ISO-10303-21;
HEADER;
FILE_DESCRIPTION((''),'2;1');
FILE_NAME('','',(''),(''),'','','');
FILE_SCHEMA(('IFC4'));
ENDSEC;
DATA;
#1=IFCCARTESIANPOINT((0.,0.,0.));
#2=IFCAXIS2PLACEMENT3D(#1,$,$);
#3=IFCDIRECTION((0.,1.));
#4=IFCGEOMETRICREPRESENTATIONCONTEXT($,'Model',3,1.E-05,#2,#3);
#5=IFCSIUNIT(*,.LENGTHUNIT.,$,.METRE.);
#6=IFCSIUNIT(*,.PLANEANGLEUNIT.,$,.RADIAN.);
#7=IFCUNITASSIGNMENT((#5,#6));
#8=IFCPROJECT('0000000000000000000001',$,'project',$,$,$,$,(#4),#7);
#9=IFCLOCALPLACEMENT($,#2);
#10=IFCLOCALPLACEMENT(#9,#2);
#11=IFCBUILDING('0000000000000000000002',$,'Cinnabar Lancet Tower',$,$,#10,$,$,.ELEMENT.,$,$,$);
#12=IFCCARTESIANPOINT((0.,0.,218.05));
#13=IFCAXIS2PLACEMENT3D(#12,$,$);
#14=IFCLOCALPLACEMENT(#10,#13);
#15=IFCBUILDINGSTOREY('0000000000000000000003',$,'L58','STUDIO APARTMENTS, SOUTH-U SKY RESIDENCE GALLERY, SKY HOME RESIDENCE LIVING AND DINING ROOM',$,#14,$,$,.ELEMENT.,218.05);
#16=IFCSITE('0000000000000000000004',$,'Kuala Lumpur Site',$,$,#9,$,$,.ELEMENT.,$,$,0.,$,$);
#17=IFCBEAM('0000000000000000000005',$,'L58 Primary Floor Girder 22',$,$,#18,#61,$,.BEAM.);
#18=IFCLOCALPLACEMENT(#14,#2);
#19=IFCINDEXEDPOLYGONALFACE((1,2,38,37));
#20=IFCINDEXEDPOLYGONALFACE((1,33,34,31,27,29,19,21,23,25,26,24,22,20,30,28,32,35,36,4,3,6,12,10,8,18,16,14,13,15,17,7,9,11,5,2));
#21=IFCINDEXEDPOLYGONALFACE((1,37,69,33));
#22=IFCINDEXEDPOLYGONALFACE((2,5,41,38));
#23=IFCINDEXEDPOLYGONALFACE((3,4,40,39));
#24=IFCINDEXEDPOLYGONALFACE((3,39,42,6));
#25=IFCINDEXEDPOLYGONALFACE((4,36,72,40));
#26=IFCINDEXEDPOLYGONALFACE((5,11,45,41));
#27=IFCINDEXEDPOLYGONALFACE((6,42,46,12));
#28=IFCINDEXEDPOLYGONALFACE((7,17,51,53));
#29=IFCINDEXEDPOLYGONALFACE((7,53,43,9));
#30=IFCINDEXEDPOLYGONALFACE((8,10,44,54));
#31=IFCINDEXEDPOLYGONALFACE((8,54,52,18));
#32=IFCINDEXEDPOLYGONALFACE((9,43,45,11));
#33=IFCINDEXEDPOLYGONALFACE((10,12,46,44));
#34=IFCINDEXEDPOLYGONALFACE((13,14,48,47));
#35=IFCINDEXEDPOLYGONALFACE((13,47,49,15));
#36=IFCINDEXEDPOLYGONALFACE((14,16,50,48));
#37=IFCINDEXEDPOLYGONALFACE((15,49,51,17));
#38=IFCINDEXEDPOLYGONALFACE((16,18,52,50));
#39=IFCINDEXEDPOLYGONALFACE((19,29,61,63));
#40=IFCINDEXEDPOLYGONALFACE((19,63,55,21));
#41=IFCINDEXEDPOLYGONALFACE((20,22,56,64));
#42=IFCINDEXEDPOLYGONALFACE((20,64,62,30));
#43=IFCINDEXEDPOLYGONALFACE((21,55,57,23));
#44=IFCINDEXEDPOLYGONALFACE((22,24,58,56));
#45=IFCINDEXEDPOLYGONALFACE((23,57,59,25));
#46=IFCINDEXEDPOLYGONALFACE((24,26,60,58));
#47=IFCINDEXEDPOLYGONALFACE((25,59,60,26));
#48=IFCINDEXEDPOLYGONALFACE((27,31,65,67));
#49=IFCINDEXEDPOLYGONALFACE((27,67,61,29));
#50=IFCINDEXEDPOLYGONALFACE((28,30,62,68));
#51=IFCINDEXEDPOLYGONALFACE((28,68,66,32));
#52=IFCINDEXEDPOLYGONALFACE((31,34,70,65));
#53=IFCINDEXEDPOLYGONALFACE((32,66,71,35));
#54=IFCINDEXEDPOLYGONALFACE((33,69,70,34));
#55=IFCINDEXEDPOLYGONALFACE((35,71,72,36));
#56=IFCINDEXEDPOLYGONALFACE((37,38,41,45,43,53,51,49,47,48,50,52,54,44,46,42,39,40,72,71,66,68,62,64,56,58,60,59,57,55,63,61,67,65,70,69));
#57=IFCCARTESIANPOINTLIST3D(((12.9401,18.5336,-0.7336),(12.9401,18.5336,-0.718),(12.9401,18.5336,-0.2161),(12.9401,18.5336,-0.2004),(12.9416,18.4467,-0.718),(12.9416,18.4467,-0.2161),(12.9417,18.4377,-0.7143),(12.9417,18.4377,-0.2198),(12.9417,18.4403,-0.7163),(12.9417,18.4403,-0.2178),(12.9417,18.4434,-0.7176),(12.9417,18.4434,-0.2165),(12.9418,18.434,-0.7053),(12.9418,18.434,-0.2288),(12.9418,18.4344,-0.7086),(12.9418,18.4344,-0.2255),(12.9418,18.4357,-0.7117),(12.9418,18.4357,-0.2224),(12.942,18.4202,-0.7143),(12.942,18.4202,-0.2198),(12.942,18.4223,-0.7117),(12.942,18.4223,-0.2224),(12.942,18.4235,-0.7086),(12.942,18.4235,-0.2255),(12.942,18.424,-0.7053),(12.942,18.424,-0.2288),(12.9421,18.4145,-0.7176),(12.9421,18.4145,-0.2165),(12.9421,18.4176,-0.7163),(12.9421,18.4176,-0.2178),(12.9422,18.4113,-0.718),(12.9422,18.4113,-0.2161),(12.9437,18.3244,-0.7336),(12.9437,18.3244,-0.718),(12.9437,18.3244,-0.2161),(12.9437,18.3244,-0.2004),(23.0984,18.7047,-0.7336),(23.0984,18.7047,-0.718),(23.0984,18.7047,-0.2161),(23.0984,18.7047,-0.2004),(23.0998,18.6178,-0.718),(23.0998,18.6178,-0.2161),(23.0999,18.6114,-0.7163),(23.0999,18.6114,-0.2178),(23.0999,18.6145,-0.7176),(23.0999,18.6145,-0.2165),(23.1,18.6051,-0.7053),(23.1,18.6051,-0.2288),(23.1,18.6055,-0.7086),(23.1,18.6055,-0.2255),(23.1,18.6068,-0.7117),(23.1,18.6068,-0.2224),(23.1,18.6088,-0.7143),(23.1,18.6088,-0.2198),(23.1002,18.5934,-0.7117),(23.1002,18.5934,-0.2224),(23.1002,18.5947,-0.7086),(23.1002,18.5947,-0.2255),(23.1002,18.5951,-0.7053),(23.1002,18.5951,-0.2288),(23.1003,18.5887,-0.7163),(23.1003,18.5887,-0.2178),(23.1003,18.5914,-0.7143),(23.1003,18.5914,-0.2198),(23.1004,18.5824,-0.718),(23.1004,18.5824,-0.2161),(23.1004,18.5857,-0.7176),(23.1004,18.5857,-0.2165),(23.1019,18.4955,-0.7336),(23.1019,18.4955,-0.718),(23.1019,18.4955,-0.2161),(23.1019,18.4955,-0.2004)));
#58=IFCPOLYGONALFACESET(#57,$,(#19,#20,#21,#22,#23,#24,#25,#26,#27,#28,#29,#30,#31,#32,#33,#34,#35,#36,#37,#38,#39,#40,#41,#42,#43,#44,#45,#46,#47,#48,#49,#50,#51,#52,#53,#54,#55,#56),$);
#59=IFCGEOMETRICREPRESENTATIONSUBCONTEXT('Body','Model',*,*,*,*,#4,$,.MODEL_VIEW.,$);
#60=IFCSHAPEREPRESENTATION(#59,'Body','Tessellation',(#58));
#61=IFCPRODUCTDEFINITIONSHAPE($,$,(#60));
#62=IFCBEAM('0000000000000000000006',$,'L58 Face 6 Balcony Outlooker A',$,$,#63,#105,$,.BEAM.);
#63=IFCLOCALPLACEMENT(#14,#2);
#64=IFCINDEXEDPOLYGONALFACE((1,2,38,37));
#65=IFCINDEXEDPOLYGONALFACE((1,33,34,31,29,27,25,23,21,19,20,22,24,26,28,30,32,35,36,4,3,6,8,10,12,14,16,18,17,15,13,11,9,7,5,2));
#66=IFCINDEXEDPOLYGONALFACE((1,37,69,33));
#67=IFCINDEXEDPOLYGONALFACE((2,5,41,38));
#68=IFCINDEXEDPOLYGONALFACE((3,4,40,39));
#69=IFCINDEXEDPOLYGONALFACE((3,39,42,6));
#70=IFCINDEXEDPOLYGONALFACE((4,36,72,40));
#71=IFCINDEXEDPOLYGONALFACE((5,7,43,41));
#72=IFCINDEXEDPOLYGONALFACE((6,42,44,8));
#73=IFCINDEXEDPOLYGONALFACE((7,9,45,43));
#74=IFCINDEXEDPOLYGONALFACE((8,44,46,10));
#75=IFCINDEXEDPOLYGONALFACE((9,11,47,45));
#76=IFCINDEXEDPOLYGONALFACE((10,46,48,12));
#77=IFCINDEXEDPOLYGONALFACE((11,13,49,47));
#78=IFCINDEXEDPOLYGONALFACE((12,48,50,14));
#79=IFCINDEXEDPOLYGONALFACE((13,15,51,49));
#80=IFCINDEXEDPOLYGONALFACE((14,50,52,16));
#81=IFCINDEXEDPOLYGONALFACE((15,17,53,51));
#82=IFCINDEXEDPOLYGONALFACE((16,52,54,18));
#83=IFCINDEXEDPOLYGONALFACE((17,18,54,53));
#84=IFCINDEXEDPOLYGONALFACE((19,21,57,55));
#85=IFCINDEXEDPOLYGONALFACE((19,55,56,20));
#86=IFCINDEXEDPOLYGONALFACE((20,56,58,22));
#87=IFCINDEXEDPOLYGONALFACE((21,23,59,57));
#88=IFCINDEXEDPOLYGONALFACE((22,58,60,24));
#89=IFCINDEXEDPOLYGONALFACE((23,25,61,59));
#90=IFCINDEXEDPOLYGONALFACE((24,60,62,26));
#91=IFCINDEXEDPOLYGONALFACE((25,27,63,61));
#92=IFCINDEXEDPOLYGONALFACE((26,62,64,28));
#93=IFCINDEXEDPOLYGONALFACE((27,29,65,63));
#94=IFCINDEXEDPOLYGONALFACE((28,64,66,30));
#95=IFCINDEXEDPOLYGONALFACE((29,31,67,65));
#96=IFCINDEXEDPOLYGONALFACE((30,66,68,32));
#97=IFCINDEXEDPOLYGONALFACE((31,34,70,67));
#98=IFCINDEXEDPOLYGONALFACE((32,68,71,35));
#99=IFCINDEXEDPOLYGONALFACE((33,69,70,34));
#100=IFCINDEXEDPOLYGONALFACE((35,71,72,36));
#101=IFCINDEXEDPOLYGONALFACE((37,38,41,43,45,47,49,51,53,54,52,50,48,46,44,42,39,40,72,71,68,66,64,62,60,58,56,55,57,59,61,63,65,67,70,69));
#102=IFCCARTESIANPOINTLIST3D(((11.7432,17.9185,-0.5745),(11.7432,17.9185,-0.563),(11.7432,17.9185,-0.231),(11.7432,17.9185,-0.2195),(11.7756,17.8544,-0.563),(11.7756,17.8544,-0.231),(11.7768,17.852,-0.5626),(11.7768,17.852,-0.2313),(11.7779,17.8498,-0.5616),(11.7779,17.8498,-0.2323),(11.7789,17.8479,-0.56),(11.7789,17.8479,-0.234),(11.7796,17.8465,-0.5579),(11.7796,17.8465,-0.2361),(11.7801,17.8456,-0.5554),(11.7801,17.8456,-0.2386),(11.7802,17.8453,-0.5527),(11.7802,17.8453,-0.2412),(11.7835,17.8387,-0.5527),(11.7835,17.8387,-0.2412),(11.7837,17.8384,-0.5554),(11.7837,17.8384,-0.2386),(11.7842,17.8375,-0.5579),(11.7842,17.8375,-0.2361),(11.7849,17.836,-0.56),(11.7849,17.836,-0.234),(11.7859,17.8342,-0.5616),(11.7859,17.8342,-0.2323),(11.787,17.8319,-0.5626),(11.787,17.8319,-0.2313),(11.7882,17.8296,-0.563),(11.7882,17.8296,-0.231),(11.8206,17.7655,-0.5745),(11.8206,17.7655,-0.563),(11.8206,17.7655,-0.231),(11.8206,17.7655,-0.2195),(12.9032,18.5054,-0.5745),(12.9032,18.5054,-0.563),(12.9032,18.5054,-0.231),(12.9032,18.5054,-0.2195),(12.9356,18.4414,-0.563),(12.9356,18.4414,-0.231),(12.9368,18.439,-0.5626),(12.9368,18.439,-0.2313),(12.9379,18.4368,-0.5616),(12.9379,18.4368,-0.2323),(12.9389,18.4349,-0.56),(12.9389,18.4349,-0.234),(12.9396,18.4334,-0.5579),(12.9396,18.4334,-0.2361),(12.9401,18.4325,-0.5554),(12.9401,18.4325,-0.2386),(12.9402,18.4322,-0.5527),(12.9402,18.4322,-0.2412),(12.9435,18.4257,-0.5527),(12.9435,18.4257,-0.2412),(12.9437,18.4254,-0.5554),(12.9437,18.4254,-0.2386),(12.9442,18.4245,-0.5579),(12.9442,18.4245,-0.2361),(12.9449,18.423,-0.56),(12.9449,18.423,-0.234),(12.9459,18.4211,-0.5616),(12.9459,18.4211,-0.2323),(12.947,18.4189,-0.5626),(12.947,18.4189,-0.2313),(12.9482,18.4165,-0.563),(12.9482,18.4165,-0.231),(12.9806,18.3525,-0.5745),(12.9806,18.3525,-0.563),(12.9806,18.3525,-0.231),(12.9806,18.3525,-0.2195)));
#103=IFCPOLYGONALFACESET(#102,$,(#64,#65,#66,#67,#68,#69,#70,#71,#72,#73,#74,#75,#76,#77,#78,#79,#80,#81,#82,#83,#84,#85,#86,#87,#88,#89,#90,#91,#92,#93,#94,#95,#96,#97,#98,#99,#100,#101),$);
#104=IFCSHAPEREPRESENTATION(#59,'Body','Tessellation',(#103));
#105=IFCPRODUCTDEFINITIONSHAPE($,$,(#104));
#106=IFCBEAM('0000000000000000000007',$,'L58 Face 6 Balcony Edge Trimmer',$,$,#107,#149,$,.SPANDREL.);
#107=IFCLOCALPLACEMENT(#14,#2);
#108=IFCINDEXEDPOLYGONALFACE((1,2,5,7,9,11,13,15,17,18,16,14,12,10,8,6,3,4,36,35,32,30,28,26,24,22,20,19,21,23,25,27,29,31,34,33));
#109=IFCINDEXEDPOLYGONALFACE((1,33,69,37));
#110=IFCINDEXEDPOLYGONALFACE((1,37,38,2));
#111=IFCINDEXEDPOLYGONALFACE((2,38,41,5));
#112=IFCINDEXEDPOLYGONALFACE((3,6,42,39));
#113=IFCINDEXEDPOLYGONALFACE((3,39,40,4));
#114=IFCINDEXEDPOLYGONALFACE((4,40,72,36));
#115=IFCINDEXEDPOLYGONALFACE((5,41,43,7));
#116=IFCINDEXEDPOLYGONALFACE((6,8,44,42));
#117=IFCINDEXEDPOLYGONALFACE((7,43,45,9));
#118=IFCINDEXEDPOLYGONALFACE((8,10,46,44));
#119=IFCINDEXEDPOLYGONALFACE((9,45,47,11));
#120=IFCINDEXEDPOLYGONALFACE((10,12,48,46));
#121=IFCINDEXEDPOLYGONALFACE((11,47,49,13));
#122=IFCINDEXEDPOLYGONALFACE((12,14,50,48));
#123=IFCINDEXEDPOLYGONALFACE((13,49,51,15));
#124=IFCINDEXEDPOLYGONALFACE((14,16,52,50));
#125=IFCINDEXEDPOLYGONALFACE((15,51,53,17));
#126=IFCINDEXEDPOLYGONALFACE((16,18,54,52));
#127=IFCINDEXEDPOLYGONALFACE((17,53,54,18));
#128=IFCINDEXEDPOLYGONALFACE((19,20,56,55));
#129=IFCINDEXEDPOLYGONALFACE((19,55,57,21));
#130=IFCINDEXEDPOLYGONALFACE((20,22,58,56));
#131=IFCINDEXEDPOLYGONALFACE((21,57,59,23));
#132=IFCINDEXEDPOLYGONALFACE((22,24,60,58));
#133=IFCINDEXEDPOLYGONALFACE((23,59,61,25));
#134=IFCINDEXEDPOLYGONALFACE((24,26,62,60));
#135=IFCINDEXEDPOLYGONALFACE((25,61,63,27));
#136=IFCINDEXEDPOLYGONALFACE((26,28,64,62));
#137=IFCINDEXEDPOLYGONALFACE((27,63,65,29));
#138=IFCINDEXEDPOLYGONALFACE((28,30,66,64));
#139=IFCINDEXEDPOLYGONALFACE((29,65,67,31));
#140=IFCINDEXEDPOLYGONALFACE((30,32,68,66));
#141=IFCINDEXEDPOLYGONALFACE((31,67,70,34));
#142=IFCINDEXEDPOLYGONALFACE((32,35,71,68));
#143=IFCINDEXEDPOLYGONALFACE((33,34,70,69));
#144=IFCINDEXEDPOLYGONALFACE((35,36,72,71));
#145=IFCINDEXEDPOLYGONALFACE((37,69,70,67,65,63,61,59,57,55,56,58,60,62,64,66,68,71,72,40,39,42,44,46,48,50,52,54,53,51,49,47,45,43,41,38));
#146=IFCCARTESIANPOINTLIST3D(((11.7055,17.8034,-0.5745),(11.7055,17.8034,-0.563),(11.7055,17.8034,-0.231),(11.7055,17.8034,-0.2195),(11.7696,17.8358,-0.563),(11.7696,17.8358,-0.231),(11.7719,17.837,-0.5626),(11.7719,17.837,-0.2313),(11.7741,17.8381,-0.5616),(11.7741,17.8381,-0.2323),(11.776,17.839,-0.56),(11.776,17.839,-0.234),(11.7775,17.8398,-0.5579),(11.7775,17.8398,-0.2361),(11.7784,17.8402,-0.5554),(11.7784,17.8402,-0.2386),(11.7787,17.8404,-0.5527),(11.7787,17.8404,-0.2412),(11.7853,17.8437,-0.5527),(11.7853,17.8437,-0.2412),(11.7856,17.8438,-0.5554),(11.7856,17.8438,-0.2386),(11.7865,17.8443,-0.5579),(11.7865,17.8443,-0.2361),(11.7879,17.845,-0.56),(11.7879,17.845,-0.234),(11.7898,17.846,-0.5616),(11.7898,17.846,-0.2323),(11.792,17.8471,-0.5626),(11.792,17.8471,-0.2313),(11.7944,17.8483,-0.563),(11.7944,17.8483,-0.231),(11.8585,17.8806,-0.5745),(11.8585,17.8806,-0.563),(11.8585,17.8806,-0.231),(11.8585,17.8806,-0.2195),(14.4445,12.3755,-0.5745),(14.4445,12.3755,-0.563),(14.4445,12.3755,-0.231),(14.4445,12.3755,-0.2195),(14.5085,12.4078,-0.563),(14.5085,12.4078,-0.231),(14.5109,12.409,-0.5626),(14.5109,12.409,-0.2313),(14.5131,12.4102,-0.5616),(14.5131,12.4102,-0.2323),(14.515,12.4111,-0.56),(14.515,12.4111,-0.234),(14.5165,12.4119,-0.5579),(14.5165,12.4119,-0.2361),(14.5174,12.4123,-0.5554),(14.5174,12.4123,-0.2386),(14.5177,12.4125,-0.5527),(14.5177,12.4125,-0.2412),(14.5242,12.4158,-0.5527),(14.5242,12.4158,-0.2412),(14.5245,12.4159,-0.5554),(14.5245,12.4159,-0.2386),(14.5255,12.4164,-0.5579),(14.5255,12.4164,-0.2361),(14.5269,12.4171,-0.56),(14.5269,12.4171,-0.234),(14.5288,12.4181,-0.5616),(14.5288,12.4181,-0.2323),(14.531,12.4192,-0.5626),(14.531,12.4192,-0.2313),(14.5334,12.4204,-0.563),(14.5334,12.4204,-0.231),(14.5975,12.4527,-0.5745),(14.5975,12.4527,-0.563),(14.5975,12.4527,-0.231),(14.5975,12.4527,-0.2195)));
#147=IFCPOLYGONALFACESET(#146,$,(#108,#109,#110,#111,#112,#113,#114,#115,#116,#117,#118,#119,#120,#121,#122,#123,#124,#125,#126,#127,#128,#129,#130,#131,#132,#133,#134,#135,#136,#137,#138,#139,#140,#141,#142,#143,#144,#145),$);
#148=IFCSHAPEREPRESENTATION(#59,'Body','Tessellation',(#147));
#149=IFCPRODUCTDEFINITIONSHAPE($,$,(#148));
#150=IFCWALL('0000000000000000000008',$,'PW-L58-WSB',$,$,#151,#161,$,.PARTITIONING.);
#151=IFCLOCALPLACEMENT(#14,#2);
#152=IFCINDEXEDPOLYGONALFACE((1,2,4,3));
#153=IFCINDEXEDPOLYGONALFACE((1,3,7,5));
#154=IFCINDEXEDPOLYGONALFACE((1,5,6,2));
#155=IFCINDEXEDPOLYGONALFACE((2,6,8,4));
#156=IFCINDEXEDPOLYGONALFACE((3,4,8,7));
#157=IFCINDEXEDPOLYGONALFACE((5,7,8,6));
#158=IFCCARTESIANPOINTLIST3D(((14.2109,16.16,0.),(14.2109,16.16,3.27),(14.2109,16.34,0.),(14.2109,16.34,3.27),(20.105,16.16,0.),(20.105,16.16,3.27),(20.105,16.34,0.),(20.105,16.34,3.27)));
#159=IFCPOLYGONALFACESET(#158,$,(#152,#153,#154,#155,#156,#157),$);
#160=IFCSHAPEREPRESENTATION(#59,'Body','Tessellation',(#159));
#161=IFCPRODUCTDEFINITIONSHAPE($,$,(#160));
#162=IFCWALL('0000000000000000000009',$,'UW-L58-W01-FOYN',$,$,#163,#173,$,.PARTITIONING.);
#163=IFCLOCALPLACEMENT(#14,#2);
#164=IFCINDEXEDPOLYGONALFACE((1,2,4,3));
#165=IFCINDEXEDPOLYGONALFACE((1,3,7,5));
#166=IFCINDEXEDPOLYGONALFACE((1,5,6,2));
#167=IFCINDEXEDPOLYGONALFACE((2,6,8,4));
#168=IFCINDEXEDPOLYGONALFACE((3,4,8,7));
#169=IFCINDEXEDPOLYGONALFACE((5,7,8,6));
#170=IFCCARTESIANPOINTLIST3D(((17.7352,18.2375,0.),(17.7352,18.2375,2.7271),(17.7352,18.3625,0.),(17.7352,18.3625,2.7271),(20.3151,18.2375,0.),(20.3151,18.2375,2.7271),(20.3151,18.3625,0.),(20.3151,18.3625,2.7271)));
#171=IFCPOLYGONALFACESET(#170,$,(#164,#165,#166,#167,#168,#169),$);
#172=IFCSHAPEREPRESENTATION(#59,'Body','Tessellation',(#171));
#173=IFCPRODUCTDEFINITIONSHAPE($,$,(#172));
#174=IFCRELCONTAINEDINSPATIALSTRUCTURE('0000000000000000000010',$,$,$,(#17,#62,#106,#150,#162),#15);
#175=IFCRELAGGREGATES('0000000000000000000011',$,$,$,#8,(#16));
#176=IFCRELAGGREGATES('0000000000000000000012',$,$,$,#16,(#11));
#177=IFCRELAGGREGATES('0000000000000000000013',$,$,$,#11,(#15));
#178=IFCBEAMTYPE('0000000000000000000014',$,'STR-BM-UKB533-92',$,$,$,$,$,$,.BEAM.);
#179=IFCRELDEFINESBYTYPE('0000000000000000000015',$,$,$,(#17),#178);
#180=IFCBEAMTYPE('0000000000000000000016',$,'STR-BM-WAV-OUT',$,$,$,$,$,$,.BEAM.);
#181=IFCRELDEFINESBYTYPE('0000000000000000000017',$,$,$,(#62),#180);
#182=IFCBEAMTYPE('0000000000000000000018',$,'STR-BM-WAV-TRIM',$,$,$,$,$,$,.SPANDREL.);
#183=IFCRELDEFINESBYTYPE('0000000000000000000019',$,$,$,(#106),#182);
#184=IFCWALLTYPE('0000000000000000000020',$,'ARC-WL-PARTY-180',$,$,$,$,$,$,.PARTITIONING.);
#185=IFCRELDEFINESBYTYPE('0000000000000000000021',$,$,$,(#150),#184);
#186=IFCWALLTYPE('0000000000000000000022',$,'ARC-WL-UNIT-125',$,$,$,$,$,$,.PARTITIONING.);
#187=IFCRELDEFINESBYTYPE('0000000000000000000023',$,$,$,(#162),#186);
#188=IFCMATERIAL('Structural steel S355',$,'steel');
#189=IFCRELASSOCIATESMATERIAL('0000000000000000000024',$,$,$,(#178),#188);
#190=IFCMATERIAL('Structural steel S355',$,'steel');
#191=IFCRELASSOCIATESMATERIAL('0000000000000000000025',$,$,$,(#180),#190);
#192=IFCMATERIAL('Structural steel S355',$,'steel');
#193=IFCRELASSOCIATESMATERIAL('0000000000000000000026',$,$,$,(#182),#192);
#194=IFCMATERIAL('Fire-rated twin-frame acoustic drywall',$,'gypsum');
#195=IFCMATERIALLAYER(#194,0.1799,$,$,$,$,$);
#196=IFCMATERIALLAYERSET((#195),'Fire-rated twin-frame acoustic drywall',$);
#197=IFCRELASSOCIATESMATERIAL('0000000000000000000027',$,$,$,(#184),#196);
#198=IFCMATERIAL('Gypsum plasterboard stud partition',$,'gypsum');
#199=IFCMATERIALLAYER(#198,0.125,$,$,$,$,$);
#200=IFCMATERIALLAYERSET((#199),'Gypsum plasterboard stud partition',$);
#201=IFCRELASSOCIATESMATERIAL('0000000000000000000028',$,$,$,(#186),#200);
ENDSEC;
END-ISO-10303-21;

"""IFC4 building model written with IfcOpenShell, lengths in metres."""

from ifc_helpers import new_model, si_unit, direction, frame, frame_2d, origin, origin_2d, place, context, subcontext, project, spatial, rectangle, i_section, extrude, material, layer, layer_set, material_profile, profile_set, type_object, element, save


model = new_model("IFC4")

# Units and contexts
model_context = context("Model", 3, precision=1e-05, world=origin(), true_north=direction((0.0, 1.0)))
body_context = subcontext(model_context, "Body", "Model", "MODEL_VIEW")
ifc_project = project(units=[si_unit("LENGTHUNIT", "METRE"), si_unit("PLANEANGLEUNIT", "RADIAN")], contexts=[model_context])

# Site, building, storey
site_placement = place(None, origin())
site = spatial("IfcSite", under=ifc_project, at=site_placement, Name="Kuala Lumpur Site", CompositionType="ELEMENT", RefElevation=0.0)
building_placement = place(site_placement, origin())
building = spatial("IfcBuilding", under=site, at=building_placement, Name="Cinnabar Lancet Tower", CompositionType="ELEMENT")
storey_placement = place(building_placement, frame((0.0, 0.0, 218.05)))
storey = spatial("IfcBuildingStorey", under=building, at=storey_placement, Name="L58", Description="STUDIO APARTMENTS, SOUTH-U SKY RESIDENCE GALLERY, SKY HOME RESIDENCE LIVING AND DINING ROOM", CompositionType="ELEMENT", Elevation=218.05)

# Beams
ifc_material_1 = material(Name="Structural steel S355", Category="steel")
ifc_material_profile_1 = material_profile(ifc_material_1, i_section(OverallWidth=0.2092, OverallDepth=0.5332, WebThickness=0.01, FlangeThickness=0.0156, FilletRadius=0.0127, at=origin_2d()), Name="UKB 533x210x92")
ifc_profile_set_1 = profile_set([ifc_material_profile_1], Name="Structural steel S355")
beam_type_1 = type_object("IfcBeamType", Name="STR-BM-UKB533-92", PredefinedType="BEAM", material=ifc_profile_set_1)
beam_1_placement = place(storey_placement, frame((12.9419, 18.429, -0.467), z_axis=(0.999858, 0.016845, 0.0), x_axis=(-0.016845, 0.999858, 0.0)))
element("IfcBeam", 1, at=beam_1_placement, inside=storey, type_object=beam_type_1, Name="L58 Primary Floor Girder 22", PredefinedType="BEAM", context=body_context, shape_type="SweptSolid", body=[
    extrude(i_section(OverallWidth=0.2092, OverallDepth=0.5332, WebThickness=0.01, FlangeThickness=0.0156, FilletRadius=0.0127, at=origin_2d()), origin(), (0.0, 0.0, 1.0), 10.1597),
])
ifc_material_2 = material(Name="Structural steel S355", Category="steel")
ifc_material_profile_2 = material_profile(ifc_material_2, i_section(OverallWidth=0.1714, OverallDepth=0.355, WebThickness=0.0073, FlangeThickness=0.0115, FilletRadius=0.0103, at=origin_2d()), Name="UKB 356x171x51")
ifc_profile_set_2 = profile_set([ifc_material_profile_2], Name="Structural steel S355")
beam_type_2 = type_object("IfcBeamType", Name="STR-BM-WAV-OUT", PredefinedType="BEAM", material=ifc_profile_set_2)
beam_2_placement = place(storey_placement, frame((12.9419, 18.429, -0.397), z_axis=(-0.892276, -0.45149, 0.0), x_axis=(0.45149, -0.892276, 0.0)))
element("IfcBeam", 2, at=beam_2_placement, inside=storey, type_object=beam_type_2, Name="L58 Face 6 Balcony Outlooker A", PredefinedType="BEAM", context=body_context, shape_type="SweptSolid", body=[
    extrude(i_section(OverallWidth=0.1714, OverallDepth=0.355, WebThickness=0.0073, FlangeThickness=0.0115, FilletRadius=0.0103, at=origin_2d()), origin(), (0.0, 0.0, 1.0), 1.3),
])
ifc_material_3 = material(Name="Structural steel S355", Category="steel")
ifc_material_profile_3 = material_profile(ifc_material_3, i_section(OverallWidth=0.1714, OverallDepth=0.355, WebThickness=0.0073, FlangeThickness=0.0115, FilletRadius=0.0103, at=origin_2d()), Name="UKB 356x171x51")
ifc_profile_set_3 = profile_set([ifc_material_profile_3], Name="Structural steel S355")
beam_type_3 = type_object("IfcBeamType", Name="STR-BM-WAV-TRIM", PredefinedType="SPANDREL", material=ifc_profile_set_3)
beam_3_placement = place(storey_placement, frame((11.782, 17.842, -0.397), z_axis=(0.450503, -0.892775, 0.0), x_axis=(0.892775, 0.450503, 0.0)))
element("IfcBeam", 3, at=beam_3_placement, inside=storey, type_object=beam_type_3, Name="L58 Face 6 Balcony Edge Trimmer", PredefinedType="SPANDREL", context=body_context, shape_type="SweptSolid", body=[
    extrude(i_section(OverallWidth=0.1714, OverallDepth=0.355, WebThickness=0.0073, FlangeThickness=0.0115, FilletRadius=0.0103, at=origin_2d()), origin(), (0.0, 0.0, 1.0), 6.0798),
])

# Walls
ifc_material_4 = material(Name="Fire-rated twin-frame acoustic drywall", Category="gypsum")
ifc_layer_1 = layer(ifc_material_4, 0.1799)
ifc_layer_set_1 = layer_set([ifc_layer_1], Name="Fire-rated twin-frame acoustic drywall")
wall_type_1 = type_object("IfcWallType", Name="ARC-WL-PARTY-180", PredefinedType="PARTITIONING", material=ifc_layer_set_1)
wall_1_placement = place(storey_placement, frame((14.2109, 16.25, 0.0), z_axis=(0.0, 0.0, 1.0), x_axis=(1.0, 0.0, 0.0)))
element("IfcWall", 4, at=wall_1_placement, inside=storey, type_object=wall_type_1, Name="PW-L58-WSB", PredefinedType="PARTITIONING", context=body_context, shape_type="SweptSolid", body=[
    extrude(rectangle(XDim=5.894, YDim=0.1799, at=frame_2d((2.947, 0.0))), origin(), (0.0, 0.0, 1.0), 3.27),
])
ifc_material_5 = material(Name="Gypsum plasterboard stud partition", Category="gypsum")
ifc_layer_2 = layer(ifc_material_5, 0.125)
ifc_layer_set_2 = layer_set([ifc_layer_2], Name="Gypsum plasterboard stud partition")
wall_type_2 = type_object("IfcWallType", Name="ARC-WL-UNIT-125", PredefinedType="PARTITIONING", material=ifc_layer_set_2)
wall_2_placement = place(storey_placement, frame((17.7351, 18.3, 0.0), z_axis=(0.0, 0.0, 1.0), x_axis=(1.0, 0.0, 0.0)))
element("IfcWall", 5, at=wall_2_placement, inside=storey, type_object=wall_type_2, Name="UW-L58-W01-FOYN", PredefinedType="PARTITIONING", context=body_context, shape_type="SweptSolid", body=[
    extrude(rectangle(XDim=2.5798, YDim=0.125, at=frame_2d((1.29, 0.0))), origin(), (0.0, 0.0, 1.0), 2.7271),
])

save(model, "model.ifc")
